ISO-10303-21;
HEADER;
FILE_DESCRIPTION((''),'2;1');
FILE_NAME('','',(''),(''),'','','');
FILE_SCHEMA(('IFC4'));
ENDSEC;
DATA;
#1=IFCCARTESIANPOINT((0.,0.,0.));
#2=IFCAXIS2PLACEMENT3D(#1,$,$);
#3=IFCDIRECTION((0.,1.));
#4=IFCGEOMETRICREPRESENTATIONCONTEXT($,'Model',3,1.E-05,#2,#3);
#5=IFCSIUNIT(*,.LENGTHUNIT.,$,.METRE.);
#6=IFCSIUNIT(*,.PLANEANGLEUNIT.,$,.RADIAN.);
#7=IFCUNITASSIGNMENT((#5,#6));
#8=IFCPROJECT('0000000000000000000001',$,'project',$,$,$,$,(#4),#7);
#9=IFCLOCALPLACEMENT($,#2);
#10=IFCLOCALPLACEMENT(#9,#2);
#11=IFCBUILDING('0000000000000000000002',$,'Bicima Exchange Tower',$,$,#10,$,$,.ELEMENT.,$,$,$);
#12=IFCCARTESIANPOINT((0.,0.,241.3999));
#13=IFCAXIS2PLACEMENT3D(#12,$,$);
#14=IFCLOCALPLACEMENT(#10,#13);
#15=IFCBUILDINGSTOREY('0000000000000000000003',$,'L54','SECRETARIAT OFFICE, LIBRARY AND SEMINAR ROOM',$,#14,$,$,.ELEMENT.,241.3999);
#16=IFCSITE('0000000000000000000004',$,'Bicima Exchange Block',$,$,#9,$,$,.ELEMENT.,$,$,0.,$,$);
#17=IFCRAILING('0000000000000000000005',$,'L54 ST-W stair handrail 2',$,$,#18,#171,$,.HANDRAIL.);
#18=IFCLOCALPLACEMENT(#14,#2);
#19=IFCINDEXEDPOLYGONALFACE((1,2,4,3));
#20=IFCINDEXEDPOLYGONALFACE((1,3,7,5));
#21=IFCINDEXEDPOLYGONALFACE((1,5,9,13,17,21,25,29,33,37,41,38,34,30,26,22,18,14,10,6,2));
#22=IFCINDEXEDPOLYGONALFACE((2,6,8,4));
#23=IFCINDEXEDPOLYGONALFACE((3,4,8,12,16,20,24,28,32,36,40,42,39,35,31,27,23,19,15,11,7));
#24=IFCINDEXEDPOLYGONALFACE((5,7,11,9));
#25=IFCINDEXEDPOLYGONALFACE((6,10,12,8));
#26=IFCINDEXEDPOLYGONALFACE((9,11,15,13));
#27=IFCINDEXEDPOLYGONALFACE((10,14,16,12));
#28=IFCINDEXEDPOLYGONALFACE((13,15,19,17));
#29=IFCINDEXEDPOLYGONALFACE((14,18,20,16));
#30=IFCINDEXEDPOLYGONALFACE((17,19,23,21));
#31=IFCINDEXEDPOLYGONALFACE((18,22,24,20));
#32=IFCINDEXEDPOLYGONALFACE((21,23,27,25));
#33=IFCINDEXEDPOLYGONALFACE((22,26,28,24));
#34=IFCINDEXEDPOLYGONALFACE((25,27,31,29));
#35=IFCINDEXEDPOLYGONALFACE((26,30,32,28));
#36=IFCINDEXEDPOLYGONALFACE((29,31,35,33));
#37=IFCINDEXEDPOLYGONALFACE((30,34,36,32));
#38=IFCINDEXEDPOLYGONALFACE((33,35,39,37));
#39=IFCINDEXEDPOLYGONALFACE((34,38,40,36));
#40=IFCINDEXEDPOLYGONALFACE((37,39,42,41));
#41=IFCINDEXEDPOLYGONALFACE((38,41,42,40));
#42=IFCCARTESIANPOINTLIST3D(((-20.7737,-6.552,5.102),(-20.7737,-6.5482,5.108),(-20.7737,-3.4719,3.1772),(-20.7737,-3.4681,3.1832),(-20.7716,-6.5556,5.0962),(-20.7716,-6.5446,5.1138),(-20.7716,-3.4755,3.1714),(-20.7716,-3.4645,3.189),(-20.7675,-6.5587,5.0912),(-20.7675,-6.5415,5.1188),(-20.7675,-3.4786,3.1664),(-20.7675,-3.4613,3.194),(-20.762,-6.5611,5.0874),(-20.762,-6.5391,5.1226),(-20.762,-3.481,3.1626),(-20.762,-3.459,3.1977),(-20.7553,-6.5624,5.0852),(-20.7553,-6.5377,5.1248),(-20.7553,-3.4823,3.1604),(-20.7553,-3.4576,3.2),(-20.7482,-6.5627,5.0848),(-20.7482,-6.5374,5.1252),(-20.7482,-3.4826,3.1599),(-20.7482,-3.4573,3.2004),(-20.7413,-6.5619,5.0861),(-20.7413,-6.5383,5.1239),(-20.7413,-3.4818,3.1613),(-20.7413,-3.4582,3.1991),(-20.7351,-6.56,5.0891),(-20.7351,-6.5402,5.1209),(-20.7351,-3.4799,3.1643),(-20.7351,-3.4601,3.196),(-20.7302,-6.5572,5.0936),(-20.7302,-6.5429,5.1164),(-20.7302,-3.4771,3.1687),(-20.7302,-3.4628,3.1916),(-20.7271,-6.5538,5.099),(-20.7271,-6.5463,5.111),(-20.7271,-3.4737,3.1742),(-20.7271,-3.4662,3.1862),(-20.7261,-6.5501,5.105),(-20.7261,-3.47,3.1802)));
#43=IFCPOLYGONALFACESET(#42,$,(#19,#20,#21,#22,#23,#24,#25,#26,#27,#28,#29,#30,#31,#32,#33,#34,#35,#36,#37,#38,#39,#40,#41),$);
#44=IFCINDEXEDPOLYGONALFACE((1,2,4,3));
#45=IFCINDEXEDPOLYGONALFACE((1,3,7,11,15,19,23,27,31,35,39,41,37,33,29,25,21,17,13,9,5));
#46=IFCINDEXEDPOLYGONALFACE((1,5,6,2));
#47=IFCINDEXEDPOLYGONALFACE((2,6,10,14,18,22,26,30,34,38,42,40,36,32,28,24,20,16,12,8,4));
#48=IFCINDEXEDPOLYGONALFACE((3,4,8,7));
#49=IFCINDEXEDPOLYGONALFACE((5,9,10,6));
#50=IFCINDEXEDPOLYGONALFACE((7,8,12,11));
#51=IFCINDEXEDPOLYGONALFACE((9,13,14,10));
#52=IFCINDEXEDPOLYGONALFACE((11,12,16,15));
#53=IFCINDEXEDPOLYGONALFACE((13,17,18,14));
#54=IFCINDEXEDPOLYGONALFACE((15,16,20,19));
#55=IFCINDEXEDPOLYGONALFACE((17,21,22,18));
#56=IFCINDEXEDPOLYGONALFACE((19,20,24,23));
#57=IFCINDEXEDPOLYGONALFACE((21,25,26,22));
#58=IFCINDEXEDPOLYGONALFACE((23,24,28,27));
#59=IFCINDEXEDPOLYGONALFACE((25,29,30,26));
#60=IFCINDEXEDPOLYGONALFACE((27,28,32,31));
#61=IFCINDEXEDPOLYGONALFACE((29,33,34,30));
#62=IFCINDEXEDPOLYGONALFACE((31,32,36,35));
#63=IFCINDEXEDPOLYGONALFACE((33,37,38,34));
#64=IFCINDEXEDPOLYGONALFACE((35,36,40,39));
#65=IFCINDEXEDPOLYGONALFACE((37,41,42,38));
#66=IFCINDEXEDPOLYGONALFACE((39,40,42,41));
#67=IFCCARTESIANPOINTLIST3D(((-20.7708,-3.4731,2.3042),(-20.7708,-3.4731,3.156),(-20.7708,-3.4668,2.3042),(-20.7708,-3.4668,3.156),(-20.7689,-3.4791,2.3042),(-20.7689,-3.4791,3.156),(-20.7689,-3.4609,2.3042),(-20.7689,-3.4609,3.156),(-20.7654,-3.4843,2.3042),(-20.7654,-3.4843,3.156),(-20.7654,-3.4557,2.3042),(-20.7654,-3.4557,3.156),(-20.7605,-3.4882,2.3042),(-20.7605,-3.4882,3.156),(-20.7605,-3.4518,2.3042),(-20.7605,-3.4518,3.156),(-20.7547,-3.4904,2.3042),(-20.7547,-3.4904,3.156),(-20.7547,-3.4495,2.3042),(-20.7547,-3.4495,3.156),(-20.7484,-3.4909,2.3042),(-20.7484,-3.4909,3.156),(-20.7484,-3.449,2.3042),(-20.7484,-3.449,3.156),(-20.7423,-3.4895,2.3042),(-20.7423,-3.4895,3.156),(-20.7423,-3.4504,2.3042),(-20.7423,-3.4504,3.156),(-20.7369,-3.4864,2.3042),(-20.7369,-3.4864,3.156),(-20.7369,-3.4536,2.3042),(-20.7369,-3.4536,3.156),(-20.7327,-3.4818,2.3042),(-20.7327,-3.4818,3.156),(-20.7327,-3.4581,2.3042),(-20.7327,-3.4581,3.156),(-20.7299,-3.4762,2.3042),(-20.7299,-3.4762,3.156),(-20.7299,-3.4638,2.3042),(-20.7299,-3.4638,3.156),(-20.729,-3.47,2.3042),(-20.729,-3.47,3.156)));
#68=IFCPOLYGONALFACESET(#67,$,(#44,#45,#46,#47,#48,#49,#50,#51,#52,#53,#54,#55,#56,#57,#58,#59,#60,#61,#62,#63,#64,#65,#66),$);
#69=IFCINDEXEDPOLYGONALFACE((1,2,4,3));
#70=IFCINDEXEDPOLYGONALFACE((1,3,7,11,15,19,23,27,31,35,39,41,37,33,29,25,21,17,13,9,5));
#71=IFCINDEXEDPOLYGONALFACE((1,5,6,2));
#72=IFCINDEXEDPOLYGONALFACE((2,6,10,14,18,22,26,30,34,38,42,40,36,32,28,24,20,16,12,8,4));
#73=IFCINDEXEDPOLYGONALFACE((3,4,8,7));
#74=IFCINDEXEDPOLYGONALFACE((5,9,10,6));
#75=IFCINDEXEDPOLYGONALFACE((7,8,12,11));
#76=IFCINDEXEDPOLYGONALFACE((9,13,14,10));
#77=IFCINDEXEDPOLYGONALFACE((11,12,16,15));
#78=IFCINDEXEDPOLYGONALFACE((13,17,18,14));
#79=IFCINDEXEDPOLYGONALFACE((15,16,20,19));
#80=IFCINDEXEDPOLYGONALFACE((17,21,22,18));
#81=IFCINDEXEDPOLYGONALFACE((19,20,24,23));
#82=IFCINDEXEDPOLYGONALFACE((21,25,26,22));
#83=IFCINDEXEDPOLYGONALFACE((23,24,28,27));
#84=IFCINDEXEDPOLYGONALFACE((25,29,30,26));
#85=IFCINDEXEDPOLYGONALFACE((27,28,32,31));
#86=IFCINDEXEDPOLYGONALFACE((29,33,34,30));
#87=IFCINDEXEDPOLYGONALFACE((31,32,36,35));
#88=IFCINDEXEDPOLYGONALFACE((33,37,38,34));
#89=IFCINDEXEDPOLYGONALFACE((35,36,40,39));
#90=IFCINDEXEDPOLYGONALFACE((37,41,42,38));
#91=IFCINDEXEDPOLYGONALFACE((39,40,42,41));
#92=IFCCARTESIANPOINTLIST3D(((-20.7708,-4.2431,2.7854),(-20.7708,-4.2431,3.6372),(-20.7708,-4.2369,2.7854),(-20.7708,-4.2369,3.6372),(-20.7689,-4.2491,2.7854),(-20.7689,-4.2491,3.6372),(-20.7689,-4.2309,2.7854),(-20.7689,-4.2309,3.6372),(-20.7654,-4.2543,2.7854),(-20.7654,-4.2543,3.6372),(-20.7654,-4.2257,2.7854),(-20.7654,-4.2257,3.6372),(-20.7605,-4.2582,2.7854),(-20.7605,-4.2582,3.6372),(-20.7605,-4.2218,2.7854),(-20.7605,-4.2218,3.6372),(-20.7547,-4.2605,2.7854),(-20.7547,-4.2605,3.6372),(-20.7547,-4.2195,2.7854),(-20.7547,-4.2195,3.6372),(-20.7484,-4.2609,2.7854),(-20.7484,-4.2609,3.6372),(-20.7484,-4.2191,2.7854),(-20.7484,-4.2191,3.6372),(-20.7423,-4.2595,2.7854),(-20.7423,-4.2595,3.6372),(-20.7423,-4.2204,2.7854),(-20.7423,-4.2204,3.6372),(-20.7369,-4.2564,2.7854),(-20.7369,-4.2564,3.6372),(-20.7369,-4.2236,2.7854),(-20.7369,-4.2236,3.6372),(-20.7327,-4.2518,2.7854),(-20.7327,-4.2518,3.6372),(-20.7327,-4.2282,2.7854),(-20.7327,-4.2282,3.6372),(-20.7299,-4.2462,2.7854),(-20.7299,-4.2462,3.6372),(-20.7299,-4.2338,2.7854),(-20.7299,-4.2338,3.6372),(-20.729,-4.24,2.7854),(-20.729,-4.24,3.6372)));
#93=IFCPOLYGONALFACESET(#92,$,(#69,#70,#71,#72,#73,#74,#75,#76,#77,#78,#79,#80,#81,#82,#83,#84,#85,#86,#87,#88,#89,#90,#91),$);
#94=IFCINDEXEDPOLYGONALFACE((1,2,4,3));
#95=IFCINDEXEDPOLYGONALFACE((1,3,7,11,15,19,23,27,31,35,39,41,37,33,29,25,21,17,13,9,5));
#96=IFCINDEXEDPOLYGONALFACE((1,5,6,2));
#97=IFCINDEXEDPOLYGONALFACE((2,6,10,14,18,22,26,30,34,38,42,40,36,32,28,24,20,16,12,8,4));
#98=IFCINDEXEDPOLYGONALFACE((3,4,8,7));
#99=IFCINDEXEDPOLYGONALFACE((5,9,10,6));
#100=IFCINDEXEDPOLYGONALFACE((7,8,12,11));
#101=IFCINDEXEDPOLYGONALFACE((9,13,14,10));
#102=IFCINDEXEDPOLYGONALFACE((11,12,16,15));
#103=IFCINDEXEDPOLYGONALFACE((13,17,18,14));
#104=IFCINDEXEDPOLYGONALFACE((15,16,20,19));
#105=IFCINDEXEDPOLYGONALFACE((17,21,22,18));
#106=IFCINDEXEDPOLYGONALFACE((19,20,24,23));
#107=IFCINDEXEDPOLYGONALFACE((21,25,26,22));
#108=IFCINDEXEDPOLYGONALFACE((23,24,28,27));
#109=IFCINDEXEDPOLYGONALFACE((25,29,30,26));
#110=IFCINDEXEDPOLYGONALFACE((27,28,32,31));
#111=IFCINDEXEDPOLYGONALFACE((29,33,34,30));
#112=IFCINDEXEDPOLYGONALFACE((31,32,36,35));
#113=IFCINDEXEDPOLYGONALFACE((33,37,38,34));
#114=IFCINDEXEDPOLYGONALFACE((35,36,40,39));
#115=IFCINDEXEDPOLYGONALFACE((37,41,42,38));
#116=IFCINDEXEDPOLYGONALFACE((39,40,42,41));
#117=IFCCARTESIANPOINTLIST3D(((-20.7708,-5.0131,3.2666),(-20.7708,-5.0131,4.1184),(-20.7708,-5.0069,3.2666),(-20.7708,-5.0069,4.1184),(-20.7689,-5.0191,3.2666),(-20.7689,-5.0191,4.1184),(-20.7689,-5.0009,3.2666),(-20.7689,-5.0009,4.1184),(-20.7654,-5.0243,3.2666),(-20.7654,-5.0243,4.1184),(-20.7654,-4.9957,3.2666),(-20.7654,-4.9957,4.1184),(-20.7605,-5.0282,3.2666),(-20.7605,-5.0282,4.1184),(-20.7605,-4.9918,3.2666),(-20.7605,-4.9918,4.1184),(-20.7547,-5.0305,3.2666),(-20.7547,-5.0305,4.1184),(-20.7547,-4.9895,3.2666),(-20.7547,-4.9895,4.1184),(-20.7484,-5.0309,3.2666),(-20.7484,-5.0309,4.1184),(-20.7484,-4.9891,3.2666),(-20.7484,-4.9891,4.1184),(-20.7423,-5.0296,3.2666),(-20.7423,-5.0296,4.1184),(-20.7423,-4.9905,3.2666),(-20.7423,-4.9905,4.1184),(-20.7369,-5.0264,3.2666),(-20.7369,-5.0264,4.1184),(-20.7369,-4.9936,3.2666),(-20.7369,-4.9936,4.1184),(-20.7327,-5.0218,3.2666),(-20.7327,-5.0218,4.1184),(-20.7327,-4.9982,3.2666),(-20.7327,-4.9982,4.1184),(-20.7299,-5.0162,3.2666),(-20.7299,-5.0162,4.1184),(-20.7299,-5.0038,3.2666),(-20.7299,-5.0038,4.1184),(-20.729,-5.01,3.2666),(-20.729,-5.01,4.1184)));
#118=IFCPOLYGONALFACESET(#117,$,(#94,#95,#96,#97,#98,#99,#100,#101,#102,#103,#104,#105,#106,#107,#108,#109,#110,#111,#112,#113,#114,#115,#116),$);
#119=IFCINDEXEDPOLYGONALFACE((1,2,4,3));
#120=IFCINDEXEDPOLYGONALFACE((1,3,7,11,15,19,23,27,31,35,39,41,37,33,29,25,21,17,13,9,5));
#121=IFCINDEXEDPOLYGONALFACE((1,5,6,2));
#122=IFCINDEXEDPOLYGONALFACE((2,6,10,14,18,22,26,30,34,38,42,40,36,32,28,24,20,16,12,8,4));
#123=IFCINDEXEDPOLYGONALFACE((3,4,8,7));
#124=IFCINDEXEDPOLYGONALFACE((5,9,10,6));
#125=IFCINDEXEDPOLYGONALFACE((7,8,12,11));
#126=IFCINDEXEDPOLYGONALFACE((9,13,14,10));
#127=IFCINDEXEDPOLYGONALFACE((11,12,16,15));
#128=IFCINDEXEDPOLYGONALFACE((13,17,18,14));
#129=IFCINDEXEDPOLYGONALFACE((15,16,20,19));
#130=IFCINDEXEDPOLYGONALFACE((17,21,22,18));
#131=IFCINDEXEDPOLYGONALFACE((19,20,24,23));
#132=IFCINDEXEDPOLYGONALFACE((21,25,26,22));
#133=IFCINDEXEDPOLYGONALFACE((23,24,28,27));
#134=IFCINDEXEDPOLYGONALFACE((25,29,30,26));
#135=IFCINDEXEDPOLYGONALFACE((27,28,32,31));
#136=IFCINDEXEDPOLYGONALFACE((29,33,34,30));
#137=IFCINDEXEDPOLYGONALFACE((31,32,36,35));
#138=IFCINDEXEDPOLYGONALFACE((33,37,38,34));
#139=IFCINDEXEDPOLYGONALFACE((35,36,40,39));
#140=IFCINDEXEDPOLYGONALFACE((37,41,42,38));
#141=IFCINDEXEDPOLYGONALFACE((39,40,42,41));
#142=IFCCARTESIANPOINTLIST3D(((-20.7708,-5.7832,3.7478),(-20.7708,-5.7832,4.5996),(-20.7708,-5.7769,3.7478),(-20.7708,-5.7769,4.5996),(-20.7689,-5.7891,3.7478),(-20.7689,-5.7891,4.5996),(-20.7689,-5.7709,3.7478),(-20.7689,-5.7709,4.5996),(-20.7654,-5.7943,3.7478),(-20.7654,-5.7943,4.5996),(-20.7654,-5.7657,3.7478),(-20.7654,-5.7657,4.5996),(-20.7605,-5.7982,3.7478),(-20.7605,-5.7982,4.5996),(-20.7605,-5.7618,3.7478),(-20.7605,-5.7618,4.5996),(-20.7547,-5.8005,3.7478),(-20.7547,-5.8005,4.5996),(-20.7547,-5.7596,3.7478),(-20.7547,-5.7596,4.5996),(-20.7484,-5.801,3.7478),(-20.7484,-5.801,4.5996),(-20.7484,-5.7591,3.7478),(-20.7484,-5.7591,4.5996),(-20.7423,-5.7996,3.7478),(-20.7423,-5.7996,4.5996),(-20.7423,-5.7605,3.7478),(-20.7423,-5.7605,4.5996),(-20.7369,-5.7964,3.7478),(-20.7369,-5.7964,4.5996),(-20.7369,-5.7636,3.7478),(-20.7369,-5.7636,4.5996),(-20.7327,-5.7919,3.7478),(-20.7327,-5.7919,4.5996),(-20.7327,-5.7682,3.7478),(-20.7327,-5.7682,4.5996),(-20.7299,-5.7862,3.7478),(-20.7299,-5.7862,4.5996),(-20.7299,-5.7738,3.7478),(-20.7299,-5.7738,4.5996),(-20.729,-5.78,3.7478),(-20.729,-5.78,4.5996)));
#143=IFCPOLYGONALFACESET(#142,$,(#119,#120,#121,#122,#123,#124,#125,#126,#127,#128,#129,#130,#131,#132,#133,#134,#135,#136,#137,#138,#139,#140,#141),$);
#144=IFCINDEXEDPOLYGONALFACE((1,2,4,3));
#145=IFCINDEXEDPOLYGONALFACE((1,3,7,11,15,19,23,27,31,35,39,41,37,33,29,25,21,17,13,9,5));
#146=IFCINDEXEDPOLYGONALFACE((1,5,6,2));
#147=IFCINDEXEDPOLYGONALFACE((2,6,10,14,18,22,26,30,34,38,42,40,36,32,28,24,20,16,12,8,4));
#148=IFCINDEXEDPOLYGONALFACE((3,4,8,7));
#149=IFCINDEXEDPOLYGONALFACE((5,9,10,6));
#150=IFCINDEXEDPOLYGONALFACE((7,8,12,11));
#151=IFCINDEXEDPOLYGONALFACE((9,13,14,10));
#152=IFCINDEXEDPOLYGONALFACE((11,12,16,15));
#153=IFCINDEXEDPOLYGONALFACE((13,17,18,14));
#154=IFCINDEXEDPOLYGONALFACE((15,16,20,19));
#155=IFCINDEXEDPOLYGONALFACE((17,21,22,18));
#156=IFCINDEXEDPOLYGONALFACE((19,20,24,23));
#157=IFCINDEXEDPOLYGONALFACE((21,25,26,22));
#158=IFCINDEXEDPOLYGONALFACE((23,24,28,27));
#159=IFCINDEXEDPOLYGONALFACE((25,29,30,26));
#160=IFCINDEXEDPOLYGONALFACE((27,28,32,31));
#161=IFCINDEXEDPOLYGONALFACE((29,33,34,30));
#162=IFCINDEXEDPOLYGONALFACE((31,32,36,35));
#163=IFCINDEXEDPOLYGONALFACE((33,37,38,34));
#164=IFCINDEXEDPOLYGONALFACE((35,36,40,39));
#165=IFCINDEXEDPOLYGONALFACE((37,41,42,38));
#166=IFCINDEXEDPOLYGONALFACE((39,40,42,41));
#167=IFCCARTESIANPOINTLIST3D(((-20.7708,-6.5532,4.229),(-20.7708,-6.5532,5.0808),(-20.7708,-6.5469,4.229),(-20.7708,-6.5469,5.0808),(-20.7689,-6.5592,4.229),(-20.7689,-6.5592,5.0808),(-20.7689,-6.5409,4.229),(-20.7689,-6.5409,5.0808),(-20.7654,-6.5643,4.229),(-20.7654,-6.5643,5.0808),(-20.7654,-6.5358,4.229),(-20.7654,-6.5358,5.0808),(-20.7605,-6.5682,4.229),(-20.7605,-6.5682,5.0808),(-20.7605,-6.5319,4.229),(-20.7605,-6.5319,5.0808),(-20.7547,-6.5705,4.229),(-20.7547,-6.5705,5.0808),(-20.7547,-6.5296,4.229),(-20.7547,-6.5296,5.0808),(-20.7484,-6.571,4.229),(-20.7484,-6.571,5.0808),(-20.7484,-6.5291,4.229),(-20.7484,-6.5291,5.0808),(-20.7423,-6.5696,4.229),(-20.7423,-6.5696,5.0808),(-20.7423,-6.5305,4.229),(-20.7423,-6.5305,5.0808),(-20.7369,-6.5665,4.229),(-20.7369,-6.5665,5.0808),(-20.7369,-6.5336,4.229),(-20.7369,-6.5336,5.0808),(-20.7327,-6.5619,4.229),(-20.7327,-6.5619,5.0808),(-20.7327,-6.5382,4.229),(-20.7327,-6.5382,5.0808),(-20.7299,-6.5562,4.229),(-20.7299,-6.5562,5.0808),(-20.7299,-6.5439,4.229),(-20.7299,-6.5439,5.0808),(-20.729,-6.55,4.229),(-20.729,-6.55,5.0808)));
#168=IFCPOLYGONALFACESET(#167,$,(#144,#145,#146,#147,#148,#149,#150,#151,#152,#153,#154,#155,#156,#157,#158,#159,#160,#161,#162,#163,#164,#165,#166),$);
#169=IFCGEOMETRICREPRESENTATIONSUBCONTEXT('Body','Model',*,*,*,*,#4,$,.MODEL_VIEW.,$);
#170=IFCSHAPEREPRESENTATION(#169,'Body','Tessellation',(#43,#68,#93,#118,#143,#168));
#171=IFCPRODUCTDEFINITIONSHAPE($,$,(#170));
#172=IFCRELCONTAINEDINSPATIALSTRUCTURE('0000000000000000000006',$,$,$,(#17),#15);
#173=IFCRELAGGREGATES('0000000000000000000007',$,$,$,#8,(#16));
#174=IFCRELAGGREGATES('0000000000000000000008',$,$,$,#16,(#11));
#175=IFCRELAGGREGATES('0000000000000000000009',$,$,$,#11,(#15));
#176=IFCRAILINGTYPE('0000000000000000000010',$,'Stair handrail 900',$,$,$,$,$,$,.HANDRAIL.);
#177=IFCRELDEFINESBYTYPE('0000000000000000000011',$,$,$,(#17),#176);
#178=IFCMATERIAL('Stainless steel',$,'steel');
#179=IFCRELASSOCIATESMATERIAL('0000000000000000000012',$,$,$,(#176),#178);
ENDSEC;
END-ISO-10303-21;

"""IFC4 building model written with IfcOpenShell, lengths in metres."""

from ifc_helpers import new_model, si_unit, direction, frame, origin, origin_2d, place, context, subcontext, project, spatial, circle, extrude, material, type_object, element, save


model = new_model("IFC4")

# Units and contexts
model_context = context("Model", 3, precision=1e-05, world=origin(), true_north=direction((0.0, 1.0)))
body_context = subcontext(model_context, "Body", "Model", "MODEL_VIEW")
ifc_project = project(units=[si_unit("LENGTHUNIT", "METRE"), si_unit("PLANEANGLEUNIT", "RADIAN")], contexts=[model_context])

# Site, building, storey
site_placement = place(None, origin())
site = spatial("IfcSite", under=ifc_project, at=site_placement, Name="Bicima Exchange Block", CompositionType="ELEMENT", RefElevation=0.0)
building_placement = place(site_placement, origin())
building = spatial("IfcBuilding", under=site, at=building_placement, Name="Bicima Exchange Tower", CompositionType="ELEMENT")
storey_placement = place(building_placement, frame((0.0, 0.0, 241.3999)))
storey = spatial("IfcBuildingStorey", under=building, at=storey_placement, Name="L54", Description="SECRETARIAT OFFICE, LIBRARY AND SEMINAR ROOM", CompositionType="ELEMENT", Elevation=241.3999)

# Railing
ifc_material_1 = material(Name="Stainless steel", Category="steel")
railing_type = type_object("IfcRailingType", Name="Stair handrail 900", PredefinedType="HANDRAIL", material=ifc_material_1)
railing_1_placement = place(storey_placement, frame((-20.75, -3.47, 2.3042)))
element("IfcRailing", 1, at=railing_1_placement, inside=storey, type_object=railing_type, Name="L54 ST-W stair handrail 2", PredefinedType="HANDRAIL", context=body_context, shape_type="SweptSolid", body=[
    extrude(circle(Radius=0.0239, at=origin_2d()), frame((0.0, 0.0, 0.876), z_axis=(0.0, -0.848029, 0.529951), x_axis=(1.0, 0.0, 0.0)), (0.0, 0.0, 1.0), 3.6321),
    extrude(circle(Radius=0.021, at=origin_2d()), origin(), (0.0, 0.0, 1.0), 0.8518),
    extrude(circle(Radius=0.021, at=origin_2d()), frame((0.0, -0.77, 0.4812)), (0.0, 0.0, 1.0), 0.8518),
    extrude(circle(Radius=0.021, at=origin_2d()), frame((0.0, -1.54, 0.9624)), (0.0, 0.0, 1.0), 0.8518),
    extrude(circle(Radius=0.021, at=origin_2d()), frame((0.0, -2.3101, 1.4436)), (0.0, 0.0, 1.0), 0.8518),
    extrude(circle(Radius=0.021, at=origin_2d()), frame((0.0, -3.0801, 1.9248)), (0.0, 0.0, 1.0), 0.8518),
])

save(model, "model.ifc")
